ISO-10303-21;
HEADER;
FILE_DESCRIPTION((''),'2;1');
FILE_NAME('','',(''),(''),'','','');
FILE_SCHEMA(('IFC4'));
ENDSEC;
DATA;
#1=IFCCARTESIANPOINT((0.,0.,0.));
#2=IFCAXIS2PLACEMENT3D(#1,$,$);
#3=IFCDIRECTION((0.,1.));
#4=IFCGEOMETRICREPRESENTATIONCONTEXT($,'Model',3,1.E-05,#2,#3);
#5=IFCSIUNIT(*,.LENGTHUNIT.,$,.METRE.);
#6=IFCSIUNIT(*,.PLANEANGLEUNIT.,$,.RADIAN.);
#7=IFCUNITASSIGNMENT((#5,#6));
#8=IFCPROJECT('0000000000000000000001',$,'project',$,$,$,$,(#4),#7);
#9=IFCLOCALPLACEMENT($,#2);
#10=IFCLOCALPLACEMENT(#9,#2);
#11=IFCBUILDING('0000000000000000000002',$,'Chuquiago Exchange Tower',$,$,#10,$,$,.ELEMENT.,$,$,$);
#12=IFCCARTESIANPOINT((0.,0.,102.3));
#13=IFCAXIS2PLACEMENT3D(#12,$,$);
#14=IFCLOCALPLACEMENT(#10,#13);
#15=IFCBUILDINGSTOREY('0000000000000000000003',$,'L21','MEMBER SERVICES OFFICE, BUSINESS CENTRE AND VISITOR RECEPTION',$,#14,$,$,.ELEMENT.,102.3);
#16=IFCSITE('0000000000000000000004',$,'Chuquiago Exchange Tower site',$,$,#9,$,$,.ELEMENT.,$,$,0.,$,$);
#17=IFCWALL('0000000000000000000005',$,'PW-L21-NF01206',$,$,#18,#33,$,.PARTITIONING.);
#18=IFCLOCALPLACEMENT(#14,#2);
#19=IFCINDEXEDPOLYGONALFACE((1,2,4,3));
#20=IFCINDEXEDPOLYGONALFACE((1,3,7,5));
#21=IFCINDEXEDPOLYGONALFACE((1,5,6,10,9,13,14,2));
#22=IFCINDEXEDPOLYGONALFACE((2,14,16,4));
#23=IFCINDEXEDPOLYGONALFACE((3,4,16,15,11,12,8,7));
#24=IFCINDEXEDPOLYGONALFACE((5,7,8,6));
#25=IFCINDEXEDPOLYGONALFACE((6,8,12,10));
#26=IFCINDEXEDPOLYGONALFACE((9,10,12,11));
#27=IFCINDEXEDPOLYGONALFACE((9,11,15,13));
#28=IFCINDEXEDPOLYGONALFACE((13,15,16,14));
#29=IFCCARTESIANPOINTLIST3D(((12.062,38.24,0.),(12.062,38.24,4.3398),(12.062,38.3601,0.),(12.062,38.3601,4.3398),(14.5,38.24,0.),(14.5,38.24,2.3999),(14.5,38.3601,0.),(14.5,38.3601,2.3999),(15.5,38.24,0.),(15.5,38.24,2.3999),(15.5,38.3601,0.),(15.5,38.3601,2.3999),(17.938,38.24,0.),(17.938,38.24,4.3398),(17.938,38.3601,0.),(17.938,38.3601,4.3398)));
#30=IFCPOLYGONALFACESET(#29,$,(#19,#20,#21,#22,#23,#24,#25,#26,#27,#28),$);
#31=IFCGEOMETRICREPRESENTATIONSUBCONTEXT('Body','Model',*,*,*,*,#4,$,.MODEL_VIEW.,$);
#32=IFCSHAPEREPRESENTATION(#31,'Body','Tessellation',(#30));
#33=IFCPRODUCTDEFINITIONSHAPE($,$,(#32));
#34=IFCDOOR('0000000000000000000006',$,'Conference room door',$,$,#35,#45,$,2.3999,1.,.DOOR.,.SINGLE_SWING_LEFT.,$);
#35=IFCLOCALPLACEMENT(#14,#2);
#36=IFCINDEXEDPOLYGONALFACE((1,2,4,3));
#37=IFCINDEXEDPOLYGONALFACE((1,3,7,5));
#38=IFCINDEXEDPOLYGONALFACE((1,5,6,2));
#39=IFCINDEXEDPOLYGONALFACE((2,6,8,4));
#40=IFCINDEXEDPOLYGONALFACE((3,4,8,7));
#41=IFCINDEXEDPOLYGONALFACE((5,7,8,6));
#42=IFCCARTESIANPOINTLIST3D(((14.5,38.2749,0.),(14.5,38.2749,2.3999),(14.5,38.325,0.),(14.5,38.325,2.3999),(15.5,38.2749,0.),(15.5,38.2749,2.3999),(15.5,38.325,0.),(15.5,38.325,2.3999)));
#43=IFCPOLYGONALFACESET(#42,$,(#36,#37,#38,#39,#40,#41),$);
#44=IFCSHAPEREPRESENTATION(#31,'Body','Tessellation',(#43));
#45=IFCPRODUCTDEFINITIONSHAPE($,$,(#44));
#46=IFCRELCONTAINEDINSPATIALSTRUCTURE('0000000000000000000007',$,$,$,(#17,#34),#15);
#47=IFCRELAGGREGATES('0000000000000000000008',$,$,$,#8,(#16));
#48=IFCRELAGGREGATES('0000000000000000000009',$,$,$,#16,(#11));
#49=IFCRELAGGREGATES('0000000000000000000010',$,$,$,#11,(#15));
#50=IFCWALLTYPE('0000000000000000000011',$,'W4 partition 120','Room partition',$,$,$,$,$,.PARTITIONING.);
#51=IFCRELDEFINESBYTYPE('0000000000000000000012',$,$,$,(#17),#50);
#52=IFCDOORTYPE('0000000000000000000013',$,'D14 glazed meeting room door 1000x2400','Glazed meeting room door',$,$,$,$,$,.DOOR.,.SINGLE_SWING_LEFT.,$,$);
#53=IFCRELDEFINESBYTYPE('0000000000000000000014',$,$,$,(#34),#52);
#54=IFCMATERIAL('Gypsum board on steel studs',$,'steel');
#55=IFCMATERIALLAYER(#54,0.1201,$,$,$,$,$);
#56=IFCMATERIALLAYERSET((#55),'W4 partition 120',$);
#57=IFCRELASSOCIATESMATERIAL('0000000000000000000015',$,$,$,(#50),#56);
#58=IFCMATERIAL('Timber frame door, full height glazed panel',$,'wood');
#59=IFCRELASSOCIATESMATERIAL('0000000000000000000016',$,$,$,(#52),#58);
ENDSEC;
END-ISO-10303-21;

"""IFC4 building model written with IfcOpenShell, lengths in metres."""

from ifc_helpers import new_model, si_unit, direction, frame, frame_2d, origin, place, context, subcontext, project, spatial, rectangle, extrude, material, layer, layer_set, type_object, element, fill, save


model = new_model("IFC4")

# Units and contexts
model_context = context("Model", 3, precision=1e-05, world=origin(), true_north=direction((0.0, 1.0)))
body_context = subcontext(model_context, "Body", "Model", "MODEL_VIEW")
ifc_project = project(units=[si_unit("LENGTHUNIT", "METRE"), si_unit("PLANEANGLEUNIT", "RADIAN")], contexts=[model_context])

# Site, building, storey
site_placement = place(None, origin())
site = spatial("IfcSite", under=ifc_project, at=site_placement, Name="Chuquiago Exchange Tower site", CompositionType="ELEMENT", RefElevation=0.0)
building_placement = place(site_placement, origin())
building = spatial("IfcBuilding", under=site, at=building_placement, Name="Chuquiago Exchange Tower", CompositionType="ELEMENT")
storey_placement = place(building_placement, frame((0.0, 0.0, 102.3)))
storey = spatial("IfcBuildingStorey", under=building, at=storey_placement, Name="L21", Description="MEMBER SERVICES OFFICE, BUSINESS CENTRE AND VISITOR RECEPTION", CompositionType="ELEMENT", Elevation=102.3)

# Shared definitions
ifc_material_1 = material(Name="Gypsum board on steel studs", Category="steel")
ifc_layer_1 = layer(ifc_material_1, 0.1201)
ifc_layer_set_1 = layer_set([ifc_layer_1], Name="W4 partition 120")
wall_type_1 = type_object("IfcWallType", Name="W4 partition 120", Description="Room partition", PredefinedType="PARTITIONING", material=ifc_layer_set_1)

# Wall, opening, door
wall_1_placement = place(storey_placement, frame((12.062, 38.3, 0.0), z_axis=(0.0, 0.0, 1.0), x_axis=(1.0, 0.0, 0.0)))
wall_1 = element("IfcWall", 1, at=wall_1_placement, inside=storey, type_object=wall_type_1, Name="PW-L21-NF01206", PredefinedType="PARTITIONING", context=body_context, shape_type="SweptSolid", body=[
    extrude(rectangle(XDim=5.876, YDim=0.1201, at=frame_2d((2.938, 0.0))), origin(), (0.0, 0.0, 1.0), 4.3398),
])
opening_placement = place(wall_1_placement, frame((2.438, 0.0, 0.0)))
opening = element("IfcOpeningElement", 2, at=opening_placement, cuts=wall_1, PredefinedType="OPENING", context=body_context, shape_type="SweptSolid", body=[
    extrude(rectangle(XDim=1.0, YDim=2.3999, at=frame_2d((0.5, 1.2))), frame((0.0, 0.0701, 0.0), z_axis=(0.0, -1.0, 0.0), x_axis=(1.0, 0.0, 0.0)), (0.0, 0.0, 1.0), 0.1401),
])
ifc_material_2 = material(Name="Timber frame door, full height glazed panel", Category="wood")
door_type = type_object("IfcDoorType", Name="D14 glazed meeting room door 1000x2400", Description="Glazed meeting room door", OperationType="SINGLE_SWING_LEFT", PredefinedType="DOOR", material=ifc_material_2)
door_placement = place(opening_placement, origin())
door = element("IfcDoor", 3, at=door_placement, inside=storey, type_object=door_type, Name="Conference room door", OperationType="SINGLE_SWING_LEFT", OverallHeight=2.3999, OverallWidth=1.0, PredefinedType="DOOR", context=body_context, shape_type="SweptSolid", body=[
    extrude(rectangle(XDim=1.0, YDim=2.3999, at=frame_2d((0.5, 1.2))), frame((0.0, 0.0249, 0.0), z_axis=(0.0, -1.0, 0.0), x_axis=(1.0, 0.0, 0.0)), (0.0, 0.0, 1.0), 0.05),
])
fill(opening, door)

save(model, "model.ifc")
